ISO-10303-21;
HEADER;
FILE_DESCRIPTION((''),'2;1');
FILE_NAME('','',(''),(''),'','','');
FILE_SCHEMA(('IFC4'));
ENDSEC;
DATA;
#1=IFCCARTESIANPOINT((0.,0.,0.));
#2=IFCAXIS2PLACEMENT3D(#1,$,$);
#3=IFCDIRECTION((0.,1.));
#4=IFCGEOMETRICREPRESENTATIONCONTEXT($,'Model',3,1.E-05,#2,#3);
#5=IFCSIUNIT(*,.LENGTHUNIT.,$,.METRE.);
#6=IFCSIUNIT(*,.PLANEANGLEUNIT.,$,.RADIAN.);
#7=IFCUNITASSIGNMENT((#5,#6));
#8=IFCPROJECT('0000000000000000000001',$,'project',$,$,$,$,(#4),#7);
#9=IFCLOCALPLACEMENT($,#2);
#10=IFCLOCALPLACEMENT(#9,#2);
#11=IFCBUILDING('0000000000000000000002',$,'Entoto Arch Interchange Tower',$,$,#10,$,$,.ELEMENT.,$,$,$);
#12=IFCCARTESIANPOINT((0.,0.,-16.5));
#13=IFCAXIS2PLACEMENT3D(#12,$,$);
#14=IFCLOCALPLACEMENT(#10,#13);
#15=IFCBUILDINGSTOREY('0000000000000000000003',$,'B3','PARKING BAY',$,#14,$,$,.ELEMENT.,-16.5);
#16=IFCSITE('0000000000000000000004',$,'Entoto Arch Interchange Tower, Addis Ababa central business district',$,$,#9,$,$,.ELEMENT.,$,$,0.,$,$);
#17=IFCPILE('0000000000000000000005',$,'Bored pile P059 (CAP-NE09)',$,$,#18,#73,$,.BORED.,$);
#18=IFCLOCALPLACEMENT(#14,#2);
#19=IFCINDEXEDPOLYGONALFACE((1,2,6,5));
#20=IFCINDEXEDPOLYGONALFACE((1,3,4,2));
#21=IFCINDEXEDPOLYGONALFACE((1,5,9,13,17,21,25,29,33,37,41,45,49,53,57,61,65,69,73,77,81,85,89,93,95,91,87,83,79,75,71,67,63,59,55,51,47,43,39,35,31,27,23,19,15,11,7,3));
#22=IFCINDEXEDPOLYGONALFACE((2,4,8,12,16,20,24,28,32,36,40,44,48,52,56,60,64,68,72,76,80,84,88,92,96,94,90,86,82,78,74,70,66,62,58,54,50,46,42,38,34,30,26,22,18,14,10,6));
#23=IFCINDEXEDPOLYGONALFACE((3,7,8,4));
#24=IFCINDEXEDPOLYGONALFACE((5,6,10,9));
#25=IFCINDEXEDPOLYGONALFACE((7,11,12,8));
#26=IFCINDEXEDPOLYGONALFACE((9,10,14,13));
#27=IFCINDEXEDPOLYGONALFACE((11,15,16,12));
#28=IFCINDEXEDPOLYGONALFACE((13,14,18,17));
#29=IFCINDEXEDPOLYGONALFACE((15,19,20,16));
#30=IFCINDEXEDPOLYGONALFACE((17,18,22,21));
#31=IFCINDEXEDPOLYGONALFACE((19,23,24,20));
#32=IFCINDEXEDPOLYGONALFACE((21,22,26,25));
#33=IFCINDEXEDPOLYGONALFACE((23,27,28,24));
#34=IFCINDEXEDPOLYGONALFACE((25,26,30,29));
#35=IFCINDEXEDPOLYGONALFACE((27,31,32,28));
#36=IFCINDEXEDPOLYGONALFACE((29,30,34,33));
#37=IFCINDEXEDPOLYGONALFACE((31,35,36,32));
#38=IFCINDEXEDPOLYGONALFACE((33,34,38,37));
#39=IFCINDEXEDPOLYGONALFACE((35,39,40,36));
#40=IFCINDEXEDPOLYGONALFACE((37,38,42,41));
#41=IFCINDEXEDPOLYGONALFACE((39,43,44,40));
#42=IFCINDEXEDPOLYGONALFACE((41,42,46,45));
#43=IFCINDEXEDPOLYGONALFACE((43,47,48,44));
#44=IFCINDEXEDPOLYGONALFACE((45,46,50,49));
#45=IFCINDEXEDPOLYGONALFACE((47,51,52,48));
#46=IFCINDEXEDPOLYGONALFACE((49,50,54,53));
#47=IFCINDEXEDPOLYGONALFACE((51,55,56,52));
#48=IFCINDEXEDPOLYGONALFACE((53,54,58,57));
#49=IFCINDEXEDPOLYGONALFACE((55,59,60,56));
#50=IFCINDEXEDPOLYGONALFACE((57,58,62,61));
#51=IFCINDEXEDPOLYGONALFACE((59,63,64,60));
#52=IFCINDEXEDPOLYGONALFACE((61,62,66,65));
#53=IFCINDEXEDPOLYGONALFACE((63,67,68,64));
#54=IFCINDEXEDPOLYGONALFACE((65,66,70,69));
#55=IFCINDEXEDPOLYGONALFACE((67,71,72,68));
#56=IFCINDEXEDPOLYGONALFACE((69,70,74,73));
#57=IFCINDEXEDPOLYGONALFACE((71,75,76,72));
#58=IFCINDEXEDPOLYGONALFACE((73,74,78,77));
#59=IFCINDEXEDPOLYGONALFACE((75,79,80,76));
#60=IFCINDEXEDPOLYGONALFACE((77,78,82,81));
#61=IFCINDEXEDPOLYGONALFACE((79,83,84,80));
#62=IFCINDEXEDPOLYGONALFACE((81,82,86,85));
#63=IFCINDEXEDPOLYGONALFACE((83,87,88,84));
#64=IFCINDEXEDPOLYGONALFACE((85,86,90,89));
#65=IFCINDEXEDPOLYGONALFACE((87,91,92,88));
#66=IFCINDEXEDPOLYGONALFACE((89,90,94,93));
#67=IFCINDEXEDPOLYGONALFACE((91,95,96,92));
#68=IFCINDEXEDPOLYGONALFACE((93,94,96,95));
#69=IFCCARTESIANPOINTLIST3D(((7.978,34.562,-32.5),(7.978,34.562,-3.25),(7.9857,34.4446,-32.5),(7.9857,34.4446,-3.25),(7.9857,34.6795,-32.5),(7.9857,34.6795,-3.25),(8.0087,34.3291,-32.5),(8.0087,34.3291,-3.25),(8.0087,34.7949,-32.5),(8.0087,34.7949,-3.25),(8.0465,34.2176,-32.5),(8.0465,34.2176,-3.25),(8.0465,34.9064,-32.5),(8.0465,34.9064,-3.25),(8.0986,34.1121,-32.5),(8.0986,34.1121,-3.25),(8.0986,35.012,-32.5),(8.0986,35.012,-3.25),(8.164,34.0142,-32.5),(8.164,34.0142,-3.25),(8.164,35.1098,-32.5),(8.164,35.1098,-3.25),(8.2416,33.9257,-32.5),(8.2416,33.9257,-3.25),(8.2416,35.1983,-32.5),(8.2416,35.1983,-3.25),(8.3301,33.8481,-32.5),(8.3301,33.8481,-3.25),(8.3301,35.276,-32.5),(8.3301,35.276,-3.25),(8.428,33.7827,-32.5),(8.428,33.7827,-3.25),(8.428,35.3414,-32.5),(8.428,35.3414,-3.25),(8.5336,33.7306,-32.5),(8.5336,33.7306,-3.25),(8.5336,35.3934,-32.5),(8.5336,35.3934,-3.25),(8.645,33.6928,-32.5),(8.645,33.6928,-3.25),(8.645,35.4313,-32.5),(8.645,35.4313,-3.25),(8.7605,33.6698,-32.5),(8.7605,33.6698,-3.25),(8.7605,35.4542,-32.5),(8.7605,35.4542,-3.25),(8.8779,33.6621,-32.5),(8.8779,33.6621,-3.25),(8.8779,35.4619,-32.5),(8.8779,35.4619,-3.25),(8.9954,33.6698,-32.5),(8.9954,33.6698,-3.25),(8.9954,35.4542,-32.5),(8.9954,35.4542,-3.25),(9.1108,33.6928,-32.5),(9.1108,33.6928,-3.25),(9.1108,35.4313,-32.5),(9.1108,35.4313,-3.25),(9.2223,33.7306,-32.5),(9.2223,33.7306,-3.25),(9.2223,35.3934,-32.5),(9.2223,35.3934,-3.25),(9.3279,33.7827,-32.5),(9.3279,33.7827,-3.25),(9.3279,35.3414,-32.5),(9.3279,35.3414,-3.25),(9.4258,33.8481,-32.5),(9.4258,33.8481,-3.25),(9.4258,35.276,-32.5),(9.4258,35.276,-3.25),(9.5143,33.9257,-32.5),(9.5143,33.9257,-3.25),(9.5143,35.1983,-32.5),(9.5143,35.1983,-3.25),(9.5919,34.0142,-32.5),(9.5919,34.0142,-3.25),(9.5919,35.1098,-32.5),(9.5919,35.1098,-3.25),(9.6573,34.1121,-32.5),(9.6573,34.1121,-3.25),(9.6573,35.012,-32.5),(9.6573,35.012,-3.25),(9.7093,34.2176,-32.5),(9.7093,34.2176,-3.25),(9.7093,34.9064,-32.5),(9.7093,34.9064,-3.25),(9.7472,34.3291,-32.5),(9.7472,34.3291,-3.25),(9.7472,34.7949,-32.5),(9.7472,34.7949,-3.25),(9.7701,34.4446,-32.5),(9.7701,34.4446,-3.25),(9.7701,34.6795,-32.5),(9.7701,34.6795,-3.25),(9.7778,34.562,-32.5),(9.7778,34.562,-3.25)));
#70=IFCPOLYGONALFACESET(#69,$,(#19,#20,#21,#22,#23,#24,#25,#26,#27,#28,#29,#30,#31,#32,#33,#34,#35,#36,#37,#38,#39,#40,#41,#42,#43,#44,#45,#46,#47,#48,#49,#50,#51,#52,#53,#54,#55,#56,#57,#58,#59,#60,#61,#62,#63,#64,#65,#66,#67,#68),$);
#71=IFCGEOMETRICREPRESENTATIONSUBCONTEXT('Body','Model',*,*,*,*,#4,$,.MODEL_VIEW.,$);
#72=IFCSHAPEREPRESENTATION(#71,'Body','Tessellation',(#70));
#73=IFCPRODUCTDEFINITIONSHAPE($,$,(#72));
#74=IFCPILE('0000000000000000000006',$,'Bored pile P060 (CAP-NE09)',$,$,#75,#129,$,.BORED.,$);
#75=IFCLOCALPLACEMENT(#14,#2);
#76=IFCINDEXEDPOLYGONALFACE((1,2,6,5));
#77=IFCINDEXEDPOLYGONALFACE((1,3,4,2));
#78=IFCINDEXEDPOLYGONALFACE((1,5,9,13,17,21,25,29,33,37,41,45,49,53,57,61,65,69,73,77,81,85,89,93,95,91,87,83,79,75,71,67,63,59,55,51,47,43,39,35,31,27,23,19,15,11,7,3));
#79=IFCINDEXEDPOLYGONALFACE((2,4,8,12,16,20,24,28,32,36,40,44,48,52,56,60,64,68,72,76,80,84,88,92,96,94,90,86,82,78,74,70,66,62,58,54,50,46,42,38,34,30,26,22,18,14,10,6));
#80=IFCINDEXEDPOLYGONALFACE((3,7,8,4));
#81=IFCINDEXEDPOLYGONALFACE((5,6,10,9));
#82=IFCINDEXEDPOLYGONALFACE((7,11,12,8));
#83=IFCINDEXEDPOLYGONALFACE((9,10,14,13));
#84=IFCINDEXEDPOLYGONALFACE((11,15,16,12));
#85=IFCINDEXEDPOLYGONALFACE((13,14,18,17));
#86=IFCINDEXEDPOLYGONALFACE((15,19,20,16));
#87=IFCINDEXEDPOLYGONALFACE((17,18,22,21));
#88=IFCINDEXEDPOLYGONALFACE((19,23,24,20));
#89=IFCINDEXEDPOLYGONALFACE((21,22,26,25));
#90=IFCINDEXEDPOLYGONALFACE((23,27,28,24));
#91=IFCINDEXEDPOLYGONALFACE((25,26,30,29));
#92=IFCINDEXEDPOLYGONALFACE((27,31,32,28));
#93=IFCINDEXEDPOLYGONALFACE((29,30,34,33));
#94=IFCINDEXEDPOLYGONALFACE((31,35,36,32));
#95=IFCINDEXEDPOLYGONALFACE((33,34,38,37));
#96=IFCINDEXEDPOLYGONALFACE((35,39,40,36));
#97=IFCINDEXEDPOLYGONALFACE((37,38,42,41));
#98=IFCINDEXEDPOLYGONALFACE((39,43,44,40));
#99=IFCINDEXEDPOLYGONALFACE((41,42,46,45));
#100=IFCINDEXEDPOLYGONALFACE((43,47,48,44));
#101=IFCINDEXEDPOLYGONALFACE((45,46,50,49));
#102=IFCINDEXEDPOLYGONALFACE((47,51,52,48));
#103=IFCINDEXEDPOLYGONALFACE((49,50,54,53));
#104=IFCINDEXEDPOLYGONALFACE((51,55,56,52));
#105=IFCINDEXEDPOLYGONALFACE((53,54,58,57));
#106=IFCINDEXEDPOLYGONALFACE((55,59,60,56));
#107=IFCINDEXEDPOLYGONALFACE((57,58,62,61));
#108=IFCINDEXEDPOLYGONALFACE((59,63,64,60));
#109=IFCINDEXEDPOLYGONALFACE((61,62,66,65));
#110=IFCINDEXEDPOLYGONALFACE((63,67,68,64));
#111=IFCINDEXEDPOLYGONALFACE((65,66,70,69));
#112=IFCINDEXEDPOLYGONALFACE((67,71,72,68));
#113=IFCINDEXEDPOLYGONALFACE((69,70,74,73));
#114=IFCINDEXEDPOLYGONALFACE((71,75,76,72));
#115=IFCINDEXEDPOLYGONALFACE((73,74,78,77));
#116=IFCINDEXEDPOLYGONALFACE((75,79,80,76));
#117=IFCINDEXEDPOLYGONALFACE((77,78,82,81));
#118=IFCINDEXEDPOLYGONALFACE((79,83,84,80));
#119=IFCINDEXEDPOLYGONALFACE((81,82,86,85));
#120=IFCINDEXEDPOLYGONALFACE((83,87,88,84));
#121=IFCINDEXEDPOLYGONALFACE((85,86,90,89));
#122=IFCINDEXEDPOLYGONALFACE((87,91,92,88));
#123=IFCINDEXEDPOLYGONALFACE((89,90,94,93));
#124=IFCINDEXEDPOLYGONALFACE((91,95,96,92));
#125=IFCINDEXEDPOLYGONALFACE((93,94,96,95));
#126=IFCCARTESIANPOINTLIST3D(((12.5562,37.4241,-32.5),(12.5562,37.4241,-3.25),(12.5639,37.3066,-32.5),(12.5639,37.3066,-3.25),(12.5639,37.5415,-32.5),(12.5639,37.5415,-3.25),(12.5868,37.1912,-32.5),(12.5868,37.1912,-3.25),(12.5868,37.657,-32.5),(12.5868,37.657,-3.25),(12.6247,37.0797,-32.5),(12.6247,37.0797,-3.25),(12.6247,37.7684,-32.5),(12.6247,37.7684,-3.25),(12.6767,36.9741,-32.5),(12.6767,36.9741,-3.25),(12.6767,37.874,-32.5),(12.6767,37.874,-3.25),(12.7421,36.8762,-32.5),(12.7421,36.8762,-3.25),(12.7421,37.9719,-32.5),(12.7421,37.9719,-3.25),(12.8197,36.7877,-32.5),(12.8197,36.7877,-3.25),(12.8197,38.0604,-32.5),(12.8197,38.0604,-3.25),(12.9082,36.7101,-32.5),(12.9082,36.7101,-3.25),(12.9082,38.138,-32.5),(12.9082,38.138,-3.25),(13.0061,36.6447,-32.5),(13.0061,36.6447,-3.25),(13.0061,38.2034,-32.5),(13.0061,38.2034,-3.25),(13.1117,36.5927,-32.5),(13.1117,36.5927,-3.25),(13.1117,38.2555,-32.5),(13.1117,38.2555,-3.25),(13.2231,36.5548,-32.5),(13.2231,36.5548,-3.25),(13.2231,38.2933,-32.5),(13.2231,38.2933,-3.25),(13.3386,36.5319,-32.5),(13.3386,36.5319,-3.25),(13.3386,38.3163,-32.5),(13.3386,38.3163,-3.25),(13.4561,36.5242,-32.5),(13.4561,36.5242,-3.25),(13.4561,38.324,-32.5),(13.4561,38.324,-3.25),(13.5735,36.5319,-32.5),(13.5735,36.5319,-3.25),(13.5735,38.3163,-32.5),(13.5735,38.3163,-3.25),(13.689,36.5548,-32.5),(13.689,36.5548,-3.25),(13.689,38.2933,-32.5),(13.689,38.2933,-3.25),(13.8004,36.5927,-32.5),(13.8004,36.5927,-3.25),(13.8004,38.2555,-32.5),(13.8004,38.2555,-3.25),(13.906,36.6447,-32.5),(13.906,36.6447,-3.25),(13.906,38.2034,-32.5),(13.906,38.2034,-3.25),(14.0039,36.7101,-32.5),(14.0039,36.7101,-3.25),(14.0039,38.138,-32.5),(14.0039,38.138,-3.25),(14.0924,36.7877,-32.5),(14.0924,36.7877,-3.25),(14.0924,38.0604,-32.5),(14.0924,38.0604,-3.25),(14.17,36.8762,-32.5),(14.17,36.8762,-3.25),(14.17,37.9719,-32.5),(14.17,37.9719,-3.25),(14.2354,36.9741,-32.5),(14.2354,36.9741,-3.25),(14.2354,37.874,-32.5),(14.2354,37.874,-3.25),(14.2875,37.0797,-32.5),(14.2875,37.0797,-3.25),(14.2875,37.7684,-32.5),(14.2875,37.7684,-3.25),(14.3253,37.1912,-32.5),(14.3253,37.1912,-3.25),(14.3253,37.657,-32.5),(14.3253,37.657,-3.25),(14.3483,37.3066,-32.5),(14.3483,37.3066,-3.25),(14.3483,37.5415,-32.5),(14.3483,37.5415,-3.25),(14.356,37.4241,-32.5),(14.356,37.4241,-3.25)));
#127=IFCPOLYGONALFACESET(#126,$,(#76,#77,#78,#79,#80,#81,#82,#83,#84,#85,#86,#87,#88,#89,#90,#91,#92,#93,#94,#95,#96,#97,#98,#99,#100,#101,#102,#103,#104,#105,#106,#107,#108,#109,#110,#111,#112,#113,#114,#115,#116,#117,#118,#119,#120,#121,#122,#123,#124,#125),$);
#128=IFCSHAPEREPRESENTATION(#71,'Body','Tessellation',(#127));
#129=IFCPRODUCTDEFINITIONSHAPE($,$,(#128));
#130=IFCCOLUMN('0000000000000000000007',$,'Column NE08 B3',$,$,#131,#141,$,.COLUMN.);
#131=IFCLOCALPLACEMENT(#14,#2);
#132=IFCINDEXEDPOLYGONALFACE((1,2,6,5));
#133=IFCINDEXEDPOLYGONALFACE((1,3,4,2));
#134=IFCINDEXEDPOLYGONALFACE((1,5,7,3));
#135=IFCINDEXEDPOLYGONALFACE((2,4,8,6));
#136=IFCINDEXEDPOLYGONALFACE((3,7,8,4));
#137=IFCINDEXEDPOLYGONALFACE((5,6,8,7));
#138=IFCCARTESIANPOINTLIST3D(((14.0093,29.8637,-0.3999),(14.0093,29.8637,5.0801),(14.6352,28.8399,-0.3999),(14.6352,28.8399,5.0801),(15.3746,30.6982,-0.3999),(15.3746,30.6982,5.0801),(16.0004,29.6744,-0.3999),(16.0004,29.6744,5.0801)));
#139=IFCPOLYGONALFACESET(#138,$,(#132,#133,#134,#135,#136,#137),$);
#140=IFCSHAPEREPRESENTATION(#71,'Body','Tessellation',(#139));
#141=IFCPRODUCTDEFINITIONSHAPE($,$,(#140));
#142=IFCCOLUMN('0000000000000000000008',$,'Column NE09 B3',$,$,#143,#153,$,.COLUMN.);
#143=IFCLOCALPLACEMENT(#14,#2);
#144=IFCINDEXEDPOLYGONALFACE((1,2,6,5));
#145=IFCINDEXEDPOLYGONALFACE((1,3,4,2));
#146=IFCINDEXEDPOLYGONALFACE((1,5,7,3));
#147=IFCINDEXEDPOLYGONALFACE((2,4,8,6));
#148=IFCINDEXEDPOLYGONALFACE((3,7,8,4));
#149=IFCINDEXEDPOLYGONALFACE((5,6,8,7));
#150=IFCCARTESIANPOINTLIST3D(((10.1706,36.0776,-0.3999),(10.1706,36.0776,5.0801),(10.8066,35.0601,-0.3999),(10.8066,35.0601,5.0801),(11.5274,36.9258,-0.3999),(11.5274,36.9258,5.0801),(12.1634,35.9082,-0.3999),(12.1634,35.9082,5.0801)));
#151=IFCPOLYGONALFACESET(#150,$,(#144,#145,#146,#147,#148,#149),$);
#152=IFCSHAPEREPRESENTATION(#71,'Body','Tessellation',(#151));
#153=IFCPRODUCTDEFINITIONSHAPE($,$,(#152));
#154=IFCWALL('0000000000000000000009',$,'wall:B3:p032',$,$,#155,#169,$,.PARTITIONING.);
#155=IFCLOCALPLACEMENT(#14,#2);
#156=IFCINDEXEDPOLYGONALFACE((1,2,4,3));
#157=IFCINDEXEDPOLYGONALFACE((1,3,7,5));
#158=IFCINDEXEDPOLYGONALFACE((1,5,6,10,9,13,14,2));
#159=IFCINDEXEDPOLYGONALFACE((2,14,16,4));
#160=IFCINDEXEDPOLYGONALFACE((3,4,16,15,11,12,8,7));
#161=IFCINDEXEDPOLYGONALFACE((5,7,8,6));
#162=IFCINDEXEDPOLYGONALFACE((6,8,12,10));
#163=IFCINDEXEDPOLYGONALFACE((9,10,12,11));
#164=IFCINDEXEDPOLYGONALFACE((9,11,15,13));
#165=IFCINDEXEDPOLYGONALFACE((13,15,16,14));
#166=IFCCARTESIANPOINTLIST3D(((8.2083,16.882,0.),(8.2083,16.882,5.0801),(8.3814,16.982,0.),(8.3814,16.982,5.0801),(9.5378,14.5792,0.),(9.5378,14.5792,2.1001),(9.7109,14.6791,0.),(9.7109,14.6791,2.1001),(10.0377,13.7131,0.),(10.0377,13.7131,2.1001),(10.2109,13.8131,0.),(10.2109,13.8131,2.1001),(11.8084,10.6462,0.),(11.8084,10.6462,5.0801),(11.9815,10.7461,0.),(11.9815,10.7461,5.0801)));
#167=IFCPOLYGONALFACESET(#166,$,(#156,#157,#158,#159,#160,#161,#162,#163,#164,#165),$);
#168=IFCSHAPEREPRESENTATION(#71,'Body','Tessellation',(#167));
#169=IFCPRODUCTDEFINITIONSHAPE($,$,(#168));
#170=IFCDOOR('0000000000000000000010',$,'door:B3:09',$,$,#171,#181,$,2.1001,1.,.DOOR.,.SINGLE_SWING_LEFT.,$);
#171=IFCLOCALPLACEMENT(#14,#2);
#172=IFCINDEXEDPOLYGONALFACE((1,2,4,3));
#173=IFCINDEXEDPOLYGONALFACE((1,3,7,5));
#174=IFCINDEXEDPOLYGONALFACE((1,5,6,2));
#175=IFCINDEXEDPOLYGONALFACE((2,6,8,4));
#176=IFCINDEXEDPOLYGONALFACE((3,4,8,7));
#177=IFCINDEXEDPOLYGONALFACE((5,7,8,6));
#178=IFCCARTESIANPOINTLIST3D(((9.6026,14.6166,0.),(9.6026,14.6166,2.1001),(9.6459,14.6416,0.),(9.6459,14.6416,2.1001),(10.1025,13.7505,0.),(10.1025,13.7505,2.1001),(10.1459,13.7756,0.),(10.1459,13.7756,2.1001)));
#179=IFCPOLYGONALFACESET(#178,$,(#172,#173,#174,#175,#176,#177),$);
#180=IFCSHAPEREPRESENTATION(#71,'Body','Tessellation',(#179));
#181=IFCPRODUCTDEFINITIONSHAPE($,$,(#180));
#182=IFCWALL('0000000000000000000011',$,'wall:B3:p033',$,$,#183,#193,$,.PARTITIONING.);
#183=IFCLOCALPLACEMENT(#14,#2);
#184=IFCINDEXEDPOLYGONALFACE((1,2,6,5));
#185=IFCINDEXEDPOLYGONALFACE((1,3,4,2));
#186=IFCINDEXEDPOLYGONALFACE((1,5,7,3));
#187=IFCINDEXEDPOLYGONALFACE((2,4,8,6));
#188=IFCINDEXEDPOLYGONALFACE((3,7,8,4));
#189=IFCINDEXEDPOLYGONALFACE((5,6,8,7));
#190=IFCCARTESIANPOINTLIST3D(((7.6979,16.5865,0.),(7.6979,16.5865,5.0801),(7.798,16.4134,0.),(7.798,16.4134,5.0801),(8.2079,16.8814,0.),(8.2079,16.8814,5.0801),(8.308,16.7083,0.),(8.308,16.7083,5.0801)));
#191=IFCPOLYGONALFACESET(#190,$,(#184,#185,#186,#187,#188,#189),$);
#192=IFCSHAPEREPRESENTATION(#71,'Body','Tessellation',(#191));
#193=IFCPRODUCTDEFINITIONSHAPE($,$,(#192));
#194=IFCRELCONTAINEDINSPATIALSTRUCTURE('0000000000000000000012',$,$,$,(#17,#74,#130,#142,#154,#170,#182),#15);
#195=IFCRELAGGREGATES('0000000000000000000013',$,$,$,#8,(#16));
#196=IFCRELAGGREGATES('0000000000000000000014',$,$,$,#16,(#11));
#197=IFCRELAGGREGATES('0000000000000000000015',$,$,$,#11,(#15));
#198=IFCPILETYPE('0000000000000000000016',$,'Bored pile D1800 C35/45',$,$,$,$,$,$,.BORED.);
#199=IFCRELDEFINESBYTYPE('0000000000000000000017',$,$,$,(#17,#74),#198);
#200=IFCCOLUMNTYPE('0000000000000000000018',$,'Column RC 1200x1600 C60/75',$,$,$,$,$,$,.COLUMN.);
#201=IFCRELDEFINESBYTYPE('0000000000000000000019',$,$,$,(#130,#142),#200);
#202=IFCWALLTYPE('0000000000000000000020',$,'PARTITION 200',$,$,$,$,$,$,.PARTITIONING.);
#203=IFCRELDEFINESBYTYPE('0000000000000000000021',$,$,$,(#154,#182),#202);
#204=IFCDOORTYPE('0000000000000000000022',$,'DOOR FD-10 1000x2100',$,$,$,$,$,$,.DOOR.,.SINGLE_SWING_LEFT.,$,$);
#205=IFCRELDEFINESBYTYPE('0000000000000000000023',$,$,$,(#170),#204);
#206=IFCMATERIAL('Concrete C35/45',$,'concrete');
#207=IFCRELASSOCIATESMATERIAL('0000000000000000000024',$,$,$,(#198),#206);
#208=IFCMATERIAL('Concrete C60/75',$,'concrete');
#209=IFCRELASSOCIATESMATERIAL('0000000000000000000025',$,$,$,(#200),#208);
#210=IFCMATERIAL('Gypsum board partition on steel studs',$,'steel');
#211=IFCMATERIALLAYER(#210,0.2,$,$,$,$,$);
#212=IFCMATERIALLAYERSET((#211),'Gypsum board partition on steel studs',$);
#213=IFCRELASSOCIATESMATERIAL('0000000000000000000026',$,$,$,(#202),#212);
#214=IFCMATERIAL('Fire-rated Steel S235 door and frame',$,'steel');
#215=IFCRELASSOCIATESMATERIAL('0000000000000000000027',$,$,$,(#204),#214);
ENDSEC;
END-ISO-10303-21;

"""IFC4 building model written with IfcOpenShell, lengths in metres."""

from ifc_helpers import new_model, si_unit, direction, frame, frame_2d, origin, origin_2d, place, context, subcontext, project, spatial, rectangle, circle, extrude, material, layer, layer_set, material_profile, profile_set, type_object, element, fill, save


model = new_model("IFC4")

# Units and contexts
model_context = context("Model", 3, precision=1e-05, world=origin(), true_north=direction((0.0, 1.0)))
body_context = subcontext(model_context, "Body", "Model", "MODEL_VIEW")
ifc_project = project(units=[si_unit("LENGTHUNIT", "METRE"), si_unit("PLANEANGLEUNIT", "RADIAN")], contexts=[model_context])

# Site, building, storey
site_placement = place(None, origin())
site = spatial("IfcSite", under=ifc_project, at=site_placement, Name="Entoto Arch Interchange Tower, Addis Ababa central business district", CompositionType="ELEMENT", RefElevation=0.0)
building_placement = place(site_placement, origin())
building = spatial("IfcBuilding", under=site, at=building_placement, Name="Entoto Arch Interchange Tower", CompositionType="ELEMENT")
storey_placement = place(building_placement, frame((0.0, 0.0, -16.5)))
storey = spatial("IfcBuildingStorey", under=building, at=storey_placement, Name="B3", Description="PARKING BAY", CompositionType="ELEMENT", Elevation=-16.5)

# Piles
ifc_material_1 = material(Name="Concrete C35/45", Category="concrete")
ifc_material_profile_1 = material_profile(ifc_material_1, circle(Radius=0.8999, at=origin_2d()))
ifc_profile_set_1 = profile_set([ifc_material_profile_1], Name="Concrete C35/45")
pile_type = type_object("IfcPileType", Name="Bored pile D1800 C35/45", PredefinedType="BORED", material=ifc_profile_set_1)
for number, where, z_axis, x_axis, name in (
    (1, (8.8779, 34.562, -3.25), (0.0, 0.0, -1.0), (1.0, 0.0, 0.0), "Bored pile P059 (CAP-NE09)"),
    (2, (13.4561, 37.4241, -3.25), (0.0, 0.0, -1.0), (1.0, 0.0, 0.0), "Bored pile P060 (CAP-NE09)"),
):
    element("IfcPile", number, at=place(storey_placement, frame(where, z_axis=z_axis, x_axis=x_axis)), inside=storey, type_object=pile_type, Name=name, PredefinedType="BORED", context=body_context, shape_type="SweptSolid", body=[
        extrude(circle(Radius=0.8999, at=origin_2d()), origin(), (0.0, 0.0, 1.0), 29.25),
    ])

# Columns
ifc_material_2 = material(Name="Concrete C60/75", Category="concrete")
ifc_material_profile_2 = material_profile(ifc_material_2, rectangle(XDim=1.2, YDim=1.6001, at=origin_2d()))
ifc_profile_set_2 = profile_set([ifc_material_profile_2], Name="Concrete C60/75")
column_type = type_object("IfcColumnType", Name="Column RC 1200x1600 C60/75", PredefinedType="COLUMN", material=ifc_profile_set_2)
for number, where, z_axis, x_axis, name in (
    (3, (15.0049, 29.769, -0.3999), (0.0, 0.0, 1.0), (-0.521546, 0.853223, 0.0), "Column NE08 B3"),
    (4, (11.167, 35.9929, -0.3999), (0.0, 0.0, 1.0), (-0.530067, 0.847956, 0.0), "Column NE09 B3"),
):
    element("IfcColumn", number, at=place(storey_placement, frame(where, z_axis=z_axis, x_axis=x_axis)), inside=storey, type_object=column_type, Name=name, PredefinedType="COLUMN", context=body_context, shape_type="SweptSolid", body=[
        extrude(rectangle(XDim=1.2, YDim=1.6001, at=origin_2d()), origin(), (0.0, 0.0, 1.0), 5.48),
    ])

# Wall, opening, door
ifc_material_3 = material(Name="Gypsum board partition on steel studs", Category="steel")
ifc_layer = layer(ifc_material_3, 0.2)
ifc_layer_set = layer_set([ifc_layer], Name="Gypsum board partition on steel studs")
wall_type = type_object("IfcWallType", Name="PARTITION 200", PredefinedType="PARTITIONING", material=ifc_layer_set)
wall_1_placement = place(storey_placement, frame((8.2949, 16.9319, 0.0), z_axis=(0.0, 0.0, 1.0), x_axis=(0.499983, -0.866035, 0.0)))
wall_1 = element("IfcWall", 5, at=wall_1_placement, inside=storey, type_object=wall_type, Name="wall:B3:p032", PredefinedType="PARTITIONING", context=body_context, shape_type="SweptSolid", body=[
    extrude(rectangle(XDim=7.2004, YDim=0.2, at=frame_2d((3.6001, 0.0))), origin(), (0.0, 0.0, 1.0), 5.0801),
])
opening_1_placement = place(wall_1_placement, frame((2.6589, 0.0, 0.0)))
opening_1 = element("IfcOpeningElement", 6, at=opening_1_placement, cuts=wall_1, PredefinedType="OPENING", context=body_context, shape_type="SweptSolid", body=[
    extrude(rectangle(XDim=1.0, YDim=2.1001, at=frame_2d((0.5, 1.05))), frame((0.0, 0.1099, 0.0), z_axis=(0.0, -1.0, 0.0), x_axis=(1.0, 0.0, 0.0)), (0.0, 0.0, 1.0), 0.22),
])
ifc_material_4 = material(Name="Fire-rated Steel S235 door and frame", Category="steel")
door_type_1 = type_object("IfcDoorType", Name="DOOR FD-10 1000x2100", OperationType="SINGLE_SWING_LEFT", PredefinedType="DOOR", material=ifc_material_4)
door_1_placement = place(opening_1_placement, origin())
door_1 = element("IfcDoor", 7, at=door_1_placement, inside=storey, type_object=door_type_1, Name="door:B3:09", OperationType="SINGLE_SWING_LEFT", OverallHeight=2.1001, OverallWidth=1.0, PredefinedType="DOOR", context=body_context, shape_type="SweptSolid", body=[
    extrude(rectangle(XDim=1.0, YDim=2.1001, at=frame_2d((0.5, 1.05))), frame((0.0, 0.0249, 0.0), z_axis=(0.0, -1.0, 0.0), x_axis=(1.0, 0.0, 0.0)), (0.0, 0.0, 1.0), 0.05),
])
fill(opening_1, door_1)

# Wall
wall_2_placement = place(storey_placement, frame((7.748, 16.5, 0.0), z_axis=(0.0, 0.0, 1.0), x_axis=(0.865682, 0.500595, 0.0)))
element("IfcWall", 8, at=wall_2_placement, inside=storey, type_object=wall_type, Name="wall:B3:p033", PredefinedType="PARTITIONING", context=body_context, shape_type="SweptSolid", body=[
    extrude(rectangle(XDim=0.5891, YDim=0.2, at=frame_2d((0.2944, 0.0))), origin(), (0.0, 0.0, 1.0), 5.0801),
])

save(model, "model.ifc")
